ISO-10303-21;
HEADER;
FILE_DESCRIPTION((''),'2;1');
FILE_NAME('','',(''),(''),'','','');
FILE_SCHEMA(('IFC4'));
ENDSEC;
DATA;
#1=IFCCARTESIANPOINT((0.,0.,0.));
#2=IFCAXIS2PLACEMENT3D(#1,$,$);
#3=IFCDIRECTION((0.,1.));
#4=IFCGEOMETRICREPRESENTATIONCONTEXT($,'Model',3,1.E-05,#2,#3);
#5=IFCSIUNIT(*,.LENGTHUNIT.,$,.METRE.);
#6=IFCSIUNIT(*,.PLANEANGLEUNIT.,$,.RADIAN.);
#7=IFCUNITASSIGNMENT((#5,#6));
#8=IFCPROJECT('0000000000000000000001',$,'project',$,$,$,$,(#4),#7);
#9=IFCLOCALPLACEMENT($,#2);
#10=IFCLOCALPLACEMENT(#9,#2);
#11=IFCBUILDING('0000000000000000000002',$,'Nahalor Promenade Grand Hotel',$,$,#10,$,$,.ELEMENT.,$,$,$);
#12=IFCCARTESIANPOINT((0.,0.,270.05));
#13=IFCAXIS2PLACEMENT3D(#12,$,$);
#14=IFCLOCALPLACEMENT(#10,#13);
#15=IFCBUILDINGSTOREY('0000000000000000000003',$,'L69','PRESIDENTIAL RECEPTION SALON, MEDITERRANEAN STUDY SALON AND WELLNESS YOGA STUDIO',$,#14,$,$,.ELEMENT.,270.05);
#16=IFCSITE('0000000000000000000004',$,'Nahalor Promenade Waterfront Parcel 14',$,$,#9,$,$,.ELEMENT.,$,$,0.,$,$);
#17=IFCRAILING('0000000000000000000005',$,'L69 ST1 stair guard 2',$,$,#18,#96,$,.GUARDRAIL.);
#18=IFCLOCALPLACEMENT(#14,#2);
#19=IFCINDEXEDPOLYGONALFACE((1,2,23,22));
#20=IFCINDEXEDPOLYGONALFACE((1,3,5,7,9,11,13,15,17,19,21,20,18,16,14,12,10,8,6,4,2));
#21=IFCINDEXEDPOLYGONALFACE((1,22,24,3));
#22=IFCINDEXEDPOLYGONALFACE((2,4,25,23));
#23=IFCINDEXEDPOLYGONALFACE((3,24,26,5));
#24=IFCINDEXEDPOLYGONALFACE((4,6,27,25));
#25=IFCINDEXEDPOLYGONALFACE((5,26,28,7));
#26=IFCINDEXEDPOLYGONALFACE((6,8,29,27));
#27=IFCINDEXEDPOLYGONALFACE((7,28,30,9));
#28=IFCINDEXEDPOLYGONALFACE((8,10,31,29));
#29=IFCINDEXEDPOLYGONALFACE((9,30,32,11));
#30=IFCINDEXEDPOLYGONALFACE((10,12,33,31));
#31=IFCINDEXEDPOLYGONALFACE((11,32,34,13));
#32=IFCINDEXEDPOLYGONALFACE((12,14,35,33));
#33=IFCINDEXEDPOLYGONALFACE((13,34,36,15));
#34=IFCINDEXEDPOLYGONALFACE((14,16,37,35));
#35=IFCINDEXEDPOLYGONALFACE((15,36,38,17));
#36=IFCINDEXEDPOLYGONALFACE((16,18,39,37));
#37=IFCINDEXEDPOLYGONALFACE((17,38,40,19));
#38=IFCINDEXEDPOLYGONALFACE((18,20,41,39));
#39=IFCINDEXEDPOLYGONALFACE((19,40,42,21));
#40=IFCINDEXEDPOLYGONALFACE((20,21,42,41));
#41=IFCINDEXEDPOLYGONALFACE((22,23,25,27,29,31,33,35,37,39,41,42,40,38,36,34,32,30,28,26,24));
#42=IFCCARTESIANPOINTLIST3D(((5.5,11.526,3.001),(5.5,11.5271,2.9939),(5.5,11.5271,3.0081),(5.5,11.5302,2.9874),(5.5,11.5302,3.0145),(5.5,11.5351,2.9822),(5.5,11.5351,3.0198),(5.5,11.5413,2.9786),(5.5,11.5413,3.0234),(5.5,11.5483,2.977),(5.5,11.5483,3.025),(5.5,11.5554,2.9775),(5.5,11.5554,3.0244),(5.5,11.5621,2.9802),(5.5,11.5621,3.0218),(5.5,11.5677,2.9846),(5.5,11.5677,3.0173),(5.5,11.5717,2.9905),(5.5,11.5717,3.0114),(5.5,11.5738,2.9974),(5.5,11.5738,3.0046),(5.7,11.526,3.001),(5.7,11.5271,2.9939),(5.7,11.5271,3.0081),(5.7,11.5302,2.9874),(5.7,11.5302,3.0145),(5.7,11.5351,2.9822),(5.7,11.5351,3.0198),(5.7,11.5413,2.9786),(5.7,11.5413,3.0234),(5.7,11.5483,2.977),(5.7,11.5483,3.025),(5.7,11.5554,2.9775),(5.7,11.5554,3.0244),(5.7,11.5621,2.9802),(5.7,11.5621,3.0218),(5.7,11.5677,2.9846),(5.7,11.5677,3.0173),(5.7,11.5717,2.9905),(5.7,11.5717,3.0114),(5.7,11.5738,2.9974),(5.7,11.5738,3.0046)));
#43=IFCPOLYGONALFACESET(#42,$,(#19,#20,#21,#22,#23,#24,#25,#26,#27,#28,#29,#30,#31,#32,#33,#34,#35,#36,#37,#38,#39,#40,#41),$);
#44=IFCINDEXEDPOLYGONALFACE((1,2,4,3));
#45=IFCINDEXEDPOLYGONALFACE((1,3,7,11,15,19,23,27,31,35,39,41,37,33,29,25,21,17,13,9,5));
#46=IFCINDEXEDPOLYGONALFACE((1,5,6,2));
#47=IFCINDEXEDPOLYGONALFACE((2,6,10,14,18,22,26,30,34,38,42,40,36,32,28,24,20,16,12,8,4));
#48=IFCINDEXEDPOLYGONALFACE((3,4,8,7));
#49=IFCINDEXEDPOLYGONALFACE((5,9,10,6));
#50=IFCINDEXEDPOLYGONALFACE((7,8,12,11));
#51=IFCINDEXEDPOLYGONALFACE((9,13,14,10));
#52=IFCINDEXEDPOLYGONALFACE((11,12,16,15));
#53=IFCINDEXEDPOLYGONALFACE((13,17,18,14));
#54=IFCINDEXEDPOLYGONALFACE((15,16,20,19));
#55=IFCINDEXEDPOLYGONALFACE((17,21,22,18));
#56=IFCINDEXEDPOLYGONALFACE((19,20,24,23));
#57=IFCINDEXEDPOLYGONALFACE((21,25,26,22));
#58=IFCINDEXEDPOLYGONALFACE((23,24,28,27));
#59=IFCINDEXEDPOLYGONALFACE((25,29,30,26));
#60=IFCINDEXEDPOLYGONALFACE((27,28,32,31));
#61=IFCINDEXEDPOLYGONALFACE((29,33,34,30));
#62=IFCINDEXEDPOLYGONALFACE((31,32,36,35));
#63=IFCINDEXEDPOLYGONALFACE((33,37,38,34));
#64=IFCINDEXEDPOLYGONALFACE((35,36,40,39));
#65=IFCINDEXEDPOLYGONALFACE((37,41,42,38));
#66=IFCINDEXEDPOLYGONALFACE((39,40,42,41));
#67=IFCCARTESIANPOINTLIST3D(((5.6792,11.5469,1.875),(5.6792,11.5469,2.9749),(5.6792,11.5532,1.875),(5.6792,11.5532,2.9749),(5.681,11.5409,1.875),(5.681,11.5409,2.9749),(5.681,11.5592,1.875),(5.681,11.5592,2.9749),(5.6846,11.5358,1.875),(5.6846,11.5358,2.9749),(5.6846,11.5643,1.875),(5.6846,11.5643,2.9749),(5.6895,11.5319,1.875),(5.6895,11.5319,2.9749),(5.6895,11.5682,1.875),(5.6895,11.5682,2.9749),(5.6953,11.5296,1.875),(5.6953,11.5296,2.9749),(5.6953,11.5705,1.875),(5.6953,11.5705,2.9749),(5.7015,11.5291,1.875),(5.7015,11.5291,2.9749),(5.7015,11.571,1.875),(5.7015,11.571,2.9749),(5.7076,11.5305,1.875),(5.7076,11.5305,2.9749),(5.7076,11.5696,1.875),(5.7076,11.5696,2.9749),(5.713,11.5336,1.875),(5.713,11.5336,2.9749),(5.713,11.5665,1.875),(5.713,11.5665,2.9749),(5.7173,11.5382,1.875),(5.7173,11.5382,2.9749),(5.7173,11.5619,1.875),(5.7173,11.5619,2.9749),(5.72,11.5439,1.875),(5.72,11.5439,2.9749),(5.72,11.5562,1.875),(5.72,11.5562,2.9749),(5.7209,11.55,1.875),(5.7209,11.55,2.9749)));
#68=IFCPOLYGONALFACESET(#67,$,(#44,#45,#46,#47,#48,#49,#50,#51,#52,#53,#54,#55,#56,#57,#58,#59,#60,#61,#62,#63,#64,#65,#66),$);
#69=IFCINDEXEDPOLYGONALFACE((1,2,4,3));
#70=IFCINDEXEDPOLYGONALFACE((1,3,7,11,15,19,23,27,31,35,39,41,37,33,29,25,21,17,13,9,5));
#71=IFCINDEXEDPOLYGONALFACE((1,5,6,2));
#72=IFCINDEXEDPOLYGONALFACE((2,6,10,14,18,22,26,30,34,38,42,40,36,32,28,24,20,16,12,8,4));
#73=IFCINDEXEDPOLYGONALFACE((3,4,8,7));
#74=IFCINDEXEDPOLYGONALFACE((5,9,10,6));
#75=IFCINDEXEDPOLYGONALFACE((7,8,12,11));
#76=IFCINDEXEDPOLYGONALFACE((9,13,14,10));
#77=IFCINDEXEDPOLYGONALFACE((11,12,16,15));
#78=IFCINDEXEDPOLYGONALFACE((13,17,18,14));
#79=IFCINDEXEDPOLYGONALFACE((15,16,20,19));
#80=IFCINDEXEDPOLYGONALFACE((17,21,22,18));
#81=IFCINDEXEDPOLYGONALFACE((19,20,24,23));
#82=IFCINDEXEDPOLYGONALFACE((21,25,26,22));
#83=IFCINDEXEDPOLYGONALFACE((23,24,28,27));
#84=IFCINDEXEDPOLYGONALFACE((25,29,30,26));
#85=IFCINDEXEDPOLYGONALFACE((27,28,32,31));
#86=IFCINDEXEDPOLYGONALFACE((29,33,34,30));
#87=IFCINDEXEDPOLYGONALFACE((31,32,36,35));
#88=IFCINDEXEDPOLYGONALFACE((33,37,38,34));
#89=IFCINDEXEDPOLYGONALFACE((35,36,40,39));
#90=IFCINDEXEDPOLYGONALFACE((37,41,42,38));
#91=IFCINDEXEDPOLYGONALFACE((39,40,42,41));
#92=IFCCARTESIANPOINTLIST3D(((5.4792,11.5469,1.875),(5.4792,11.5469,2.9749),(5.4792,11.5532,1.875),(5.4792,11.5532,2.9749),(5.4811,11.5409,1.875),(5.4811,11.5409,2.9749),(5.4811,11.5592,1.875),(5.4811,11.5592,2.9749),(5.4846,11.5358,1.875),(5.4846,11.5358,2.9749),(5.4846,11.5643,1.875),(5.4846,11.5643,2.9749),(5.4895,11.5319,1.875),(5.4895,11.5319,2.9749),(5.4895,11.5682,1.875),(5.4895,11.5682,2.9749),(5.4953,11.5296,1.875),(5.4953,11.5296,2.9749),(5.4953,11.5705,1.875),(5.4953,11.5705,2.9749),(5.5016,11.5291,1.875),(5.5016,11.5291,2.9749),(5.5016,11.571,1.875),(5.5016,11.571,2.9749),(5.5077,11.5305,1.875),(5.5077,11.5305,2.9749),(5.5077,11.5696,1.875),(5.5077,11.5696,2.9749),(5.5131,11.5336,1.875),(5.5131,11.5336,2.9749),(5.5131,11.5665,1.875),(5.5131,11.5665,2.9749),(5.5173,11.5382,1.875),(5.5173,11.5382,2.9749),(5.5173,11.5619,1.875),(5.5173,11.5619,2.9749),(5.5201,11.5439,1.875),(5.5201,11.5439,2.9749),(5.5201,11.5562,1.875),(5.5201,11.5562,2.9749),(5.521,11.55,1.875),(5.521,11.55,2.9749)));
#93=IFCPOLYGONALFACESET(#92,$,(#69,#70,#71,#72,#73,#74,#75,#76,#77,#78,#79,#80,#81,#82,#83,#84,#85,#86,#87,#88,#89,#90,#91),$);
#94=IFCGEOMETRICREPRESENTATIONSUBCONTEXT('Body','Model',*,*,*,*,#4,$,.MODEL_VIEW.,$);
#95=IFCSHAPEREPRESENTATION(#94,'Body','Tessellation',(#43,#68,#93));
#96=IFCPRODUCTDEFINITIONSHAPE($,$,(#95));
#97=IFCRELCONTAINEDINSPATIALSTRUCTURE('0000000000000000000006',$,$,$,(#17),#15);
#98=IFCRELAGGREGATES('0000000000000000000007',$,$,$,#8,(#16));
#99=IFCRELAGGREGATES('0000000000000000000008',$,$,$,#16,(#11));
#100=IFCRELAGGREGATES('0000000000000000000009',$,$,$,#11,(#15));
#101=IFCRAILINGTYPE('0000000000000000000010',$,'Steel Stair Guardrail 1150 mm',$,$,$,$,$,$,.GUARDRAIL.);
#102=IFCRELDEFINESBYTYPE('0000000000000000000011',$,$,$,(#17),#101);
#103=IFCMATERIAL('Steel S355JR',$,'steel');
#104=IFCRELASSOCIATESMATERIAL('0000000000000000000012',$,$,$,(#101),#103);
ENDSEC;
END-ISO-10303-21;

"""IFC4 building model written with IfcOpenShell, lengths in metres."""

from ifc_helpers import new_model, si_unit, direction, frame, origin, origin_2d, place, context, subcontext, project, spatial, circle, extrude, material, type_object, element, save


model = new_model("IFC4")

# Units and contexts
model_context = context("Model", 3, precision=1e-05, world=origin(), true_north=direction((0.0, 1.0)))
body_context = subcontext(model_context, "Body", "Model", "MODEL_VIEW")
ifc_project = project(units=[si_unit("LENGTHUNIT", "METRE"), si_unit("PLANEANGLEUNIT", "RADIAN")], contexts=[model_context])

# Site, building, storey
site_placement = place(None, origin())
site = spatial("IfcSite", under=ifc_project, at=site_placement, Name="Nahalor Promenade Waterfront Parcel 14", CompositionType="ELEMENT", RefElevation=0.0)
building_placement = place(site_placement, origin())
building = spatial("IfcBuilding", under=site, at=building_placement, Name="Nahalor Promenade Grand Hotel", CompositionType="ELEMENT")
storey_placement = place(building_placement, frame((0.0, 0.0, 270.05)))
storey = spatial("IfcBuildingStorey", under=building, at=storey_placement, Name="L69", Description="PRESIDENTIAL RECEPTION SALON, MEDITERRANEAN STUDY SALON AND WELLNESS YOGA STUDIO", CompositionType="ELEMENT", Elevation=270.05)

# Shared definitions
ifc_material_1 = material(Name="Steel S355JR", Category="steel")

# Railing
railing_type_1 = type_object("IfcRailingType", Name="Steel Stair Guardrail 1150 mm", PredefinedType="GUARDRAIL", material=ifc_material_1)
railing_1_placement = place(storey_placement, frame((5.7, 11.55, 1.875)))
element("IfcRailing", 1, at=railing_1_placement, inside=storey, type_object=railing_type_1, Name="L69 ST1 stair guard 2", PredefinedType="GUARDRAIL", context=body_context, shape_type="SweptSolid", body=[
    extrude(circle(Radius=0.024, at=origin_2d()), frame((0.0, 0.0, 1.126), z_axis=(-1.0, 0.0, 0.0), x_axis=(0.0, -1.0, 0.0)), (0.0, 0.0, 1.0), 0.2),
    extrude(circle(Radius=0.021, at=origin_2d()), origin(), (0.0, 0.0, 1.0), 1.0999),
    extrude(circle(Radius=0.021, at=origin_2d()), frame((-0.2, 0.0, 0.0)), (0.0, 0.0, 1.0), 1.0999),
])

save(model, "model.ifc")
